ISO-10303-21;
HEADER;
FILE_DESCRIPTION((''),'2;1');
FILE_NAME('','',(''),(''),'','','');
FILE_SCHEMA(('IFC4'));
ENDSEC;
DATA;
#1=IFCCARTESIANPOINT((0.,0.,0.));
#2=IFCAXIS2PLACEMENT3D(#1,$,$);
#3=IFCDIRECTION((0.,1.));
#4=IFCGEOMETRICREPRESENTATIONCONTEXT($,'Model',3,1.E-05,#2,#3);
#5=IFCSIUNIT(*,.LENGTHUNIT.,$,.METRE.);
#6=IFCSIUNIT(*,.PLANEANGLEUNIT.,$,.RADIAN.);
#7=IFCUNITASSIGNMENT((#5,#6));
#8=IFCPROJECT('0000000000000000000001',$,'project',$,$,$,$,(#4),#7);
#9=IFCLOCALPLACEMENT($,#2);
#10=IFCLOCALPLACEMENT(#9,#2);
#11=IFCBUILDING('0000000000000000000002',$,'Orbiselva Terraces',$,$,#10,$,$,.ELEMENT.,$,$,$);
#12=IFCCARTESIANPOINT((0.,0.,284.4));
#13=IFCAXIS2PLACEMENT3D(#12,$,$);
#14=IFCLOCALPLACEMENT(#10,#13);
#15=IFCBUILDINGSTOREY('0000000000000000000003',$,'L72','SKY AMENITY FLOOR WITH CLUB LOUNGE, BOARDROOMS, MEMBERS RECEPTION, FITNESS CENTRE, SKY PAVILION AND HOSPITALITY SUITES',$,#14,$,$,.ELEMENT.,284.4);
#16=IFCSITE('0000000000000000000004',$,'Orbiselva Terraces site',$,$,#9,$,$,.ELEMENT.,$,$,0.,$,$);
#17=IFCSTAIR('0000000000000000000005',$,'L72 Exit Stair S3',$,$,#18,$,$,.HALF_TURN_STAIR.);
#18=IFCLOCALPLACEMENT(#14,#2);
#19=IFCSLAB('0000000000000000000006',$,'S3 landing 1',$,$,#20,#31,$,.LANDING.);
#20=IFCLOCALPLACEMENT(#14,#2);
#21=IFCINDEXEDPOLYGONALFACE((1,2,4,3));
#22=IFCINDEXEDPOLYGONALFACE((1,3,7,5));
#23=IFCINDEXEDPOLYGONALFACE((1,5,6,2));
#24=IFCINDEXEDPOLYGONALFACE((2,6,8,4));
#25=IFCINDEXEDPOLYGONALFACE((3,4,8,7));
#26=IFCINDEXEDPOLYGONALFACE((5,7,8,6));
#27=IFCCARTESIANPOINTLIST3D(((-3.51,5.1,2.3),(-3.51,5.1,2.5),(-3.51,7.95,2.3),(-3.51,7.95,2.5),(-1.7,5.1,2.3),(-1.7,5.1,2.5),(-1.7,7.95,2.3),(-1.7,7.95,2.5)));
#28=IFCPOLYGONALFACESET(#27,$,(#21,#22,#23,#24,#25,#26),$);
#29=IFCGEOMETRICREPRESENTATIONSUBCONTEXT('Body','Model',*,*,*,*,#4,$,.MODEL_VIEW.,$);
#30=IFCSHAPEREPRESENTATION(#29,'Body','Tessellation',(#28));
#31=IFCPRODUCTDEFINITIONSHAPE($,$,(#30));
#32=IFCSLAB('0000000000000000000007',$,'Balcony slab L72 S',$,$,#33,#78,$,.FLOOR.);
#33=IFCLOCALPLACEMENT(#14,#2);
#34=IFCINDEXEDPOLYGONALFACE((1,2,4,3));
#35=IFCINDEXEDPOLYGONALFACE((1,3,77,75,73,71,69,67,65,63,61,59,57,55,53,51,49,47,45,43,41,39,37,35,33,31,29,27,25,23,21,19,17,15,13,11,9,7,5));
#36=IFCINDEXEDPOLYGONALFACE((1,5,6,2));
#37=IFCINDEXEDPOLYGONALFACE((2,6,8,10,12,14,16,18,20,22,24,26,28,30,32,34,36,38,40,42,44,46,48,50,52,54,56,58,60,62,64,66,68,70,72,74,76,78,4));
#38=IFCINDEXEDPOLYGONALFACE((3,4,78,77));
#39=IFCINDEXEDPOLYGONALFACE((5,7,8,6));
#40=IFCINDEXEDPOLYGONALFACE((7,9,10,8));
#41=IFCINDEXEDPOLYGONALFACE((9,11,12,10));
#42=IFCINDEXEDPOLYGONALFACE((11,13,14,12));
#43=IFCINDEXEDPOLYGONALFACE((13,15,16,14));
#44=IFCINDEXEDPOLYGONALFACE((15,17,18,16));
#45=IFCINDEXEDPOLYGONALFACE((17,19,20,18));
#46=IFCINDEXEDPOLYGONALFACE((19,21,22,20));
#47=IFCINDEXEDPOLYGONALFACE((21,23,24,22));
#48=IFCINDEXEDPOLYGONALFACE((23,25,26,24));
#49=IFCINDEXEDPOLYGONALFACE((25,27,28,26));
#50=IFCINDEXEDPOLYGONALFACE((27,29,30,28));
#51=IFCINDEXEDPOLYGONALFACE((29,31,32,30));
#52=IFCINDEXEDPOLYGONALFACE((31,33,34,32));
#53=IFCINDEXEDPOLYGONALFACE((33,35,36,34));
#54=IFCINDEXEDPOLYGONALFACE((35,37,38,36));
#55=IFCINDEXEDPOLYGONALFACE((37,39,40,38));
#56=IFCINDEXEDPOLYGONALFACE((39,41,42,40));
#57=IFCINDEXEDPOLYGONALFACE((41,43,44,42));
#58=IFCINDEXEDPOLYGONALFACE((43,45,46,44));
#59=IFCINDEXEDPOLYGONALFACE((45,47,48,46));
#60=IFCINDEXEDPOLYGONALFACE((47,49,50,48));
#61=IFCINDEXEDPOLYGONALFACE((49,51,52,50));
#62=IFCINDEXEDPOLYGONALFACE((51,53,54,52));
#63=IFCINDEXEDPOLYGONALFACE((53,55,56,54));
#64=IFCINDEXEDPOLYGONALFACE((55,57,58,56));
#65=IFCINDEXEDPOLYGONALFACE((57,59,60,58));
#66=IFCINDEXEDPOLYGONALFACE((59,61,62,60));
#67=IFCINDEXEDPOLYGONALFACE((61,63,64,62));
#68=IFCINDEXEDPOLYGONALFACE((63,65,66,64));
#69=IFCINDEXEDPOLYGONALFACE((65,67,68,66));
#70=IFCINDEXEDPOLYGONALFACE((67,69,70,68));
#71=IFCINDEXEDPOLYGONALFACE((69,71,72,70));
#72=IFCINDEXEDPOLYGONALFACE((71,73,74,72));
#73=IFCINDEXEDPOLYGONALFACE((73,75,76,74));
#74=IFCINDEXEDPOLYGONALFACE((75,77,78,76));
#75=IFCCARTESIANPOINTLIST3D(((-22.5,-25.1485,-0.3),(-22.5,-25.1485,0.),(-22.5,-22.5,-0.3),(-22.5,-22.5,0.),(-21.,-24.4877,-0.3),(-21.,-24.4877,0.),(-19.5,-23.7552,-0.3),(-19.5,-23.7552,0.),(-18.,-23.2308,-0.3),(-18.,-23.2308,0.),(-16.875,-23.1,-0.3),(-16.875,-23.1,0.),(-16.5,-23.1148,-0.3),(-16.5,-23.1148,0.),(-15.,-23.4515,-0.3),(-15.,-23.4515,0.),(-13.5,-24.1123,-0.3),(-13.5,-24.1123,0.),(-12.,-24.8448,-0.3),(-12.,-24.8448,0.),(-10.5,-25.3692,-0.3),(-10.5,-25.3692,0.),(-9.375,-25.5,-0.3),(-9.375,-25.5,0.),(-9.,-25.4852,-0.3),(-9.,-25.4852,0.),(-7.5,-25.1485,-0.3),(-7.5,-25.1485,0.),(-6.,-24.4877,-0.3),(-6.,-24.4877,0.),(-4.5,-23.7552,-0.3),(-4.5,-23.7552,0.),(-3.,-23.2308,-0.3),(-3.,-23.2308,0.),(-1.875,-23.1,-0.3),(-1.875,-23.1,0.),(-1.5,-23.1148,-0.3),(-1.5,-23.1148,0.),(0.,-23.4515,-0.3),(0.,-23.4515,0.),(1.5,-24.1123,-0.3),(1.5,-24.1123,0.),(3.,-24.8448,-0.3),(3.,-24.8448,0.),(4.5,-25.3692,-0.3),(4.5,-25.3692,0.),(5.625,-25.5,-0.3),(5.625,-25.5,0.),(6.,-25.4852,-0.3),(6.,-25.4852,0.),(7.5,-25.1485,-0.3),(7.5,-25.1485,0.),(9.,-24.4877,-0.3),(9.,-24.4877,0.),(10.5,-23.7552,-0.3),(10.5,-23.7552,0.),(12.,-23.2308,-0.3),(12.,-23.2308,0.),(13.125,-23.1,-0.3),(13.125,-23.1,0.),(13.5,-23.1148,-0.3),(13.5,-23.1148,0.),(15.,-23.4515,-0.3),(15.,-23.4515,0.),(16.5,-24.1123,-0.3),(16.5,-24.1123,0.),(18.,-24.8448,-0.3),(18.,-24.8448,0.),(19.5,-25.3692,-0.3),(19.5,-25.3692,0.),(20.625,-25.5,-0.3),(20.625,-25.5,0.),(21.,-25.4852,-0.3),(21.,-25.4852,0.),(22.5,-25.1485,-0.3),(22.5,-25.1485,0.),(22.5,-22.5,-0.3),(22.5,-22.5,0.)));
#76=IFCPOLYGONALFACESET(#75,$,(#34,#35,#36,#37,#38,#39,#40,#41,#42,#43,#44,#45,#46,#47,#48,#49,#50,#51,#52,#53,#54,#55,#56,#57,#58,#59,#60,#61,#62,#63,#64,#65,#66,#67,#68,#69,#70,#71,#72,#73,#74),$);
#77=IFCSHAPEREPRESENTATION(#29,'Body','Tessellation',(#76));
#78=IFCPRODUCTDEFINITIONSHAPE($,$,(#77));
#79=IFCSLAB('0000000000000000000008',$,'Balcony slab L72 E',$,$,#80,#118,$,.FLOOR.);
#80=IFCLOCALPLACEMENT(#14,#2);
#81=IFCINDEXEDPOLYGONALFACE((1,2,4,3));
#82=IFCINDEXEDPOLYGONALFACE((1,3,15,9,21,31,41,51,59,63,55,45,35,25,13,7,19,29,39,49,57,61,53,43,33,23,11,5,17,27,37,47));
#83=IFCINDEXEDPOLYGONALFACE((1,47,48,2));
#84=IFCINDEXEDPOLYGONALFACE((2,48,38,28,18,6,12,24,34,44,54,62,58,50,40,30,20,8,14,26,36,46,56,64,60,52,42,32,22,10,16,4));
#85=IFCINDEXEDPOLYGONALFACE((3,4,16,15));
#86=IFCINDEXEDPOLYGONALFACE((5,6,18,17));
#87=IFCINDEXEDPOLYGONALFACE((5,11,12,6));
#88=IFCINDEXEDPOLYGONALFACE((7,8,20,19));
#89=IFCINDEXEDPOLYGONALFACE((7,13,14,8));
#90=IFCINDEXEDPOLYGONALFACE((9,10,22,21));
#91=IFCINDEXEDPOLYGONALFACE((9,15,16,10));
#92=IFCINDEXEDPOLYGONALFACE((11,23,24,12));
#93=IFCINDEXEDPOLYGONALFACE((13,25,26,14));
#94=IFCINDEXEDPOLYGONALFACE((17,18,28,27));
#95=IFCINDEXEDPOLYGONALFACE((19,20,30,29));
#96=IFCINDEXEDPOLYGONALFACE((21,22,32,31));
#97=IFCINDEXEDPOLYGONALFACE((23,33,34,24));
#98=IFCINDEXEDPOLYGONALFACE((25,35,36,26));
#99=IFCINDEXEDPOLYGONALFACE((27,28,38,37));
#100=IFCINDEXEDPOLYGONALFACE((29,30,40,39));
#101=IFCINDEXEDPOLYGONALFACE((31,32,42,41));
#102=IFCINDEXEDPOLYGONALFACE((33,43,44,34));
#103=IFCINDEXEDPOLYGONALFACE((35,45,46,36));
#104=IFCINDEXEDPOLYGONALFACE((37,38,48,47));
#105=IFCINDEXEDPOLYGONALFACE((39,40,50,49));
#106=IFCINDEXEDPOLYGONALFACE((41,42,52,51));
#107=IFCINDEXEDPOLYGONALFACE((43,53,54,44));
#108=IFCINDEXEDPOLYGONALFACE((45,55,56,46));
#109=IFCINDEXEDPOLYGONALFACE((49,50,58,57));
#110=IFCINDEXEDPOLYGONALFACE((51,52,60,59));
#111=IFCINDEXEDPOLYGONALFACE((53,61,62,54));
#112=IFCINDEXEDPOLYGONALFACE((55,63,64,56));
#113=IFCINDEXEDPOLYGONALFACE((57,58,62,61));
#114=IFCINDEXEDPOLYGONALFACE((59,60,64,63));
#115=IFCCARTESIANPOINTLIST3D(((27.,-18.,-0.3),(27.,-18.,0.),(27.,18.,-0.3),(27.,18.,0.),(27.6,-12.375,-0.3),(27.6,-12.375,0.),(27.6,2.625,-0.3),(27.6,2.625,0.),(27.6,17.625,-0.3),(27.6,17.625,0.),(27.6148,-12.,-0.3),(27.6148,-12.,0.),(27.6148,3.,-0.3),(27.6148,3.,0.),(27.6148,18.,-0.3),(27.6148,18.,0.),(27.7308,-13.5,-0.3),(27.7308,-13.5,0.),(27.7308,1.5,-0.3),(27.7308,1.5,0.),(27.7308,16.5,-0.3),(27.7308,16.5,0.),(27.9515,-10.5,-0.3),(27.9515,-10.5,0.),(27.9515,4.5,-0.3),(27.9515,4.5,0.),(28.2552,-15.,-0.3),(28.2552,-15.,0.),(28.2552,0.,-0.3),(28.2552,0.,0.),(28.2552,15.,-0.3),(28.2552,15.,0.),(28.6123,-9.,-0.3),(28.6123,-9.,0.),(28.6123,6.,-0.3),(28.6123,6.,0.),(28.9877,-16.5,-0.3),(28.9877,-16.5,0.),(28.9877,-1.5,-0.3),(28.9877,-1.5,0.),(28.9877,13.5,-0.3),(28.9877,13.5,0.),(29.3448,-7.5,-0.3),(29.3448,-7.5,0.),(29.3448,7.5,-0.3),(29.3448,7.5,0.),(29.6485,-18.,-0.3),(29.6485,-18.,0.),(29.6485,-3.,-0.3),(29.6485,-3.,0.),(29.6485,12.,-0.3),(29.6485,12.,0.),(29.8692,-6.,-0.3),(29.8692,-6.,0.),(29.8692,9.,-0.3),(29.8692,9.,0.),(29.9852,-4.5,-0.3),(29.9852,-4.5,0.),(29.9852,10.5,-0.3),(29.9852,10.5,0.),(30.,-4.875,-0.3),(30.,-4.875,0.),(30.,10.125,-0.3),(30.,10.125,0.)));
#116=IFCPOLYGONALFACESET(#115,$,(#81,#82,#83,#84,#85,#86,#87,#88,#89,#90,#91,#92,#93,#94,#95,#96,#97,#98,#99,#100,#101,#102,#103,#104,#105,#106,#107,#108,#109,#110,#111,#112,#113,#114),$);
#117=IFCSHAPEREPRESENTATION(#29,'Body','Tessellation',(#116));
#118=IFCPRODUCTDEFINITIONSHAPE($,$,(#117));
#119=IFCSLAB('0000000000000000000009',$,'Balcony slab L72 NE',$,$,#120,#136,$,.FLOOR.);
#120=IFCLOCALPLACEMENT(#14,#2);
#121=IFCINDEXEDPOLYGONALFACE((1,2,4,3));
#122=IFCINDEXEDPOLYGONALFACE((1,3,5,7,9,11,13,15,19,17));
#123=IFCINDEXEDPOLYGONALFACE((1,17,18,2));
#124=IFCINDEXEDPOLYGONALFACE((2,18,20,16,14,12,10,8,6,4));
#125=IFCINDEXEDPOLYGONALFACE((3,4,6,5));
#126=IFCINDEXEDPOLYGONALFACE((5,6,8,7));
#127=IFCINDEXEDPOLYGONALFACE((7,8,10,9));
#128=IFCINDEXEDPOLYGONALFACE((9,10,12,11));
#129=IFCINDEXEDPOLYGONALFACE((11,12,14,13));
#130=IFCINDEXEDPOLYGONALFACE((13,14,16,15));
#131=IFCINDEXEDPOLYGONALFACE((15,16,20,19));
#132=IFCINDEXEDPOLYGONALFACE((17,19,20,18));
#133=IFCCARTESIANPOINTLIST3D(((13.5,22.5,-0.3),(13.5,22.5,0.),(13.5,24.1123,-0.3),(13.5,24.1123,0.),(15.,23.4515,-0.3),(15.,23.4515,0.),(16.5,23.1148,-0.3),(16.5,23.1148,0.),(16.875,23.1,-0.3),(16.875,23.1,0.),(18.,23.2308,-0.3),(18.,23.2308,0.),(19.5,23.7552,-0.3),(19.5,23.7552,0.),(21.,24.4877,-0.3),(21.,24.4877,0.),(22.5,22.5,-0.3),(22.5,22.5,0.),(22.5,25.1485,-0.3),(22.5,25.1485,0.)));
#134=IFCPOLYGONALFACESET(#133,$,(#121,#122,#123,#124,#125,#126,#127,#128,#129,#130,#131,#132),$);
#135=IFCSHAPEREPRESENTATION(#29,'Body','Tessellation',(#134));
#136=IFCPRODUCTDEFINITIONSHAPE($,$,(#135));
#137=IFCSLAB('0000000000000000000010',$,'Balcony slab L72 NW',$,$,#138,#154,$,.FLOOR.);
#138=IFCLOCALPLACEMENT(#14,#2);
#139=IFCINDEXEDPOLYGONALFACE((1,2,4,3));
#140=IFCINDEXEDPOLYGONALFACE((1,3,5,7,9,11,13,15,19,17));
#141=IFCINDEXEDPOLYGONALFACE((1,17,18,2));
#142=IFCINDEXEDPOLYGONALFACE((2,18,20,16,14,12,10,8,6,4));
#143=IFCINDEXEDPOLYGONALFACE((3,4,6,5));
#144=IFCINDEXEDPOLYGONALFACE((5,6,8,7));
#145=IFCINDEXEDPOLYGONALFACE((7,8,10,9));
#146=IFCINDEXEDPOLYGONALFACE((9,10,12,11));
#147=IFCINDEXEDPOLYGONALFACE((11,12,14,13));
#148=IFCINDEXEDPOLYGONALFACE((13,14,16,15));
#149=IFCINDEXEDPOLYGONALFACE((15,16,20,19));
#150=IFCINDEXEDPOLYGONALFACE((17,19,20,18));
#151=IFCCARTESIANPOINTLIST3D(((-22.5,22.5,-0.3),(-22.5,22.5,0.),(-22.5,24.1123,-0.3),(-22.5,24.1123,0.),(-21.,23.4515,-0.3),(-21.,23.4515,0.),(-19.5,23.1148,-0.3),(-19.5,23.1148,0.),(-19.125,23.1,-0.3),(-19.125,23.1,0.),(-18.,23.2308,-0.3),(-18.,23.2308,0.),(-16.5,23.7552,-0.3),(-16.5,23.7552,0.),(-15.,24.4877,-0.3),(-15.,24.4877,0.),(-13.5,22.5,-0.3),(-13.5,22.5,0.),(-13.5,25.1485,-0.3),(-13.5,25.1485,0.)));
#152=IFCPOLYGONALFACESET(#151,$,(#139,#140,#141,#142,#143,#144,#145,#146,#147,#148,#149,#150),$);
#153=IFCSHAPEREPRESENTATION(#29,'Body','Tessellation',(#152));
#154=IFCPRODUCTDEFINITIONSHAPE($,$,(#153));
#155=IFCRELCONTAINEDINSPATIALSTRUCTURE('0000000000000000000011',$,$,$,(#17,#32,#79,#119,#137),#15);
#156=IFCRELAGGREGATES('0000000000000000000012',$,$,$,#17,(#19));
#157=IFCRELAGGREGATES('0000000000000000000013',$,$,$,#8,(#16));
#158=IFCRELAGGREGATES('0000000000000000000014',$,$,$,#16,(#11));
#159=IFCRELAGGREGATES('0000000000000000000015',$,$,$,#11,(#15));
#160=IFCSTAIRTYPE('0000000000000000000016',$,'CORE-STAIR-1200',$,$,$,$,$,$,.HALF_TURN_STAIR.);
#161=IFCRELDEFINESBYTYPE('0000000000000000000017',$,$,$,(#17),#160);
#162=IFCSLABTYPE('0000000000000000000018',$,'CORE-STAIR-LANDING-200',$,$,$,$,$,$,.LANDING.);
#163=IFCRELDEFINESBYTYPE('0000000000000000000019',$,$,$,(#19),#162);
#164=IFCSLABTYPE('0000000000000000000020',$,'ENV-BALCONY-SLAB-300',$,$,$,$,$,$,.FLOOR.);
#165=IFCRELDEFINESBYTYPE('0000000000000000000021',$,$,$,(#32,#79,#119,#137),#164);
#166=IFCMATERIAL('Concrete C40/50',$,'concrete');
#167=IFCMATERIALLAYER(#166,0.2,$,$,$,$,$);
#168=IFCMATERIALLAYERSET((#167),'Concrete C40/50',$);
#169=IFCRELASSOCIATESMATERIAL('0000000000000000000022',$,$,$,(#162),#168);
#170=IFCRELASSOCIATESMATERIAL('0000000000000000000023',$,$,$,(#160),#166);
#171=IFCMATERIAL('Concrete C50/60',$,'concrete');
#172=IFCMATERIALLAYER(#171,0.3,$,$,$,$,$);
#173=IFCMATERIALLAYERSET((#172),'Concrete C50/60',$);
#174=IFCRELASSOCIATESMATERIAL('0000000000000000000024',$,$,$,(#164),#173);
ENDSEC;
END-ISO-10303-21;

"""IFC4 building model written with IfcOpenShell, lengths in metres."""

from ifc_helpers import new_model, si_unit, direction, frame, origin, place, context, subcontext, project, spatial, polyline, outline, extrude, material, layer, layer_set, type_object, element, aggregate, save


model = new_model("IFC4")

# Units and contexts
model_context = context("Model", 3, precision=1e-05, world=origin(), true_north=direction((0.0, 1.0)))
body_context = subcontext(model_context, "Body", "Model", "MODEL_VIEW")
ifc_project = project(units=[si_unit("LENGTHUNIT", "METRE"), si_unit("PLANEANGLEUNIT", "RADIAN")], contexts=[model_context])

# Site, building, storey
site_placement = place(None, origin())
site = spatial("IfcSite", under=ifc_project, at=site_placement, Name="Orbiselva Terraces site", CompositionType="ELEMENT", RefElevation=0.0)
building_placement = place(site_placement, origin())
building = spatial("IfcBuilding", under=site, at=building_placement, Name="Orbiselva Terraces", CompositionType="ELEMENT")
storey_placement = place(building_placement, frame((0.0, 0.0, 284.4)))
storey = spatial("IfcBuildingStorey", under=building, at=storey_placement, Name="L72", Description="SKY AMENITY FLOOR WITH CLUB LOUNGE, BOARDROOMS, MEMBERS RECEPTION, FITNESS CENTRE, SKY PAVILION AND HOSPITALITY SUITES", CompositionType="ELEMENT", Elevation=284.4)

# Shared definitions
ifc_material_1 = material(Name="Concrete C40/50", Category="concrete")

# Shared definitions
ifc_layer_1 = layer(ifc_material_1, 0.2)
ifc_layer_set_1 = layer_set([ifc_layer_1], Name="Concrete C40/50")
slab_type_1 = type_object("IfcSlabType", Name="CORE-STAIR-LANDING-200", PredefinedType="LANDING", material=ifc_layer_set_1)

# Stair, slab
stair_type_1 = type_object("IfcStairType", Name="CORE-STAIR-1200", PredefinedType="HALF_TURN_STAIR", material=ifc_material_1)
stair_1_placement = place(storey_placement, origin())
stair_1 = element("IfcStair", 1, at=stair_1_placement, inside=storey, type_object=stair_type_1, Name="L72 Exit Stair S3", PredefinedType="HALF_TURN_STAIR")
slab_1_placement = place(storey_placement, frame((0.0, 0.0, 2.3)))
slab_1 = element("IfcSlab", 2, at=slab_1_placement, type_object=slab_type_1, Name="S3 landing 1", PredefinedType="LANDING", context=body_context, shape_type="SweptSolid", body=[
    extrude(outline(polyline([(-3.51, 5.1), (-1.7, 5.1), (-1.7, 7.95), (-3.51, 7.95), (-3.51, 5.1)])), origin(), (0.0, 0.0, 1.0), 0.2),
])
aggregate(stair_1, [slab_1])

# Slabs
ifc_material_2 = material(Name="Concrete C50/60", Category="concrete")
ifc_layer_2 = layer(ifc_material_2, 0.3)
ifc_layer_set_2 = layer_set([ifc_layer_2], Name="Concrete C50/60")
slab_type_2 = type_object("IfcSlabType", Name="ENV-BALCONY-SLAB-300", PredefinedType="FLOOR", material=ifc_layer_set_2)
slab_2_placement = place(storey_placement, frame((0.0, 0.0, -0.3)))
element("IfcSlab", 3, at=slab_2_placement, inside=storey, type_object=slab_type_2, Name="Balcony slab L72 S", PredefinedType="FLOOR", context=body_context, shape_type="SweptSolid", body=[
    extrude(outline(polyline([(-22.5, -25.1485), (-21.0, -24.4877), (-19.5, -23.7552), (-18.0, -23.2308), (-16.875, -23.1), (-16.5, -23.1148), (-15.0, -23.4515), (-13.5, -24.1123), (-12.0, -24.8448), (-10.5, -25.3692), (-9.375, -25.5), (-9.0, -25.4852), (-7.5, -25.1485), (-6.0, -24.4877), (-4.5, -23.7552), (-3.0, -23.2308), (-1.875, -23.1), (-1.5, -23.1148), (0.0, -23.4515), (1.5, -24.1123), (3.0, -24.8448), (4.5, -25.3692), (5.625, -25.5), (6.0, -25.4852), (7.5, -25.1485), (9.0, -24.4877), (10.5, -23.7552), (12.0, -23.2308), (13.125, -23.1), (13.5, -23.1148), (15.0, -23.4515), (16.5, -24.1123), (18.0, -24.8448), (19.5, -25.3692), (20.625, -25.5), (21.0, -25.4852), (22.5, -25.1485), (22.5, -22.5), (-22.5, -22.5), (-22.5, -25.1485)])), origin(), (0.0, 0.0, 1.0), 0.3),
])
slab_3_placement = place(storey_placement, frame((0.0, 0.0, -0.3)))
element("IfcSlab", 4, at=slab_3_placement, inside=storey, type_object=slab_type_2, Name="Balcony slab L72 E", PredefinedType="FLOOR", context=body_context, shape_type="SweptSolid", body=[
    extrude(outline(polyline([(29.6485, -18.0), (28.9877, -16.5), (28.2552, -15.0), (27.7308, -13.5), (27.6, -12.375), (27.6148, -12.0), (27.9515, -10.5), (28.6123, -9.0), (29.3448, -7.5), (29.8692, -6.0), (30.0, -4.875), (29.9852, -4.5), (29.6485, -3.0), (28.9877, -1.5), (28.2552, 0.0), (27.7308, 1.5), (27.6, 2.625), (27.6148, 3.0), (27.9515, 4.5), (28.6123, 6.0), (29.3448, 7.5), (29.8692, 9.0), (30.0, 10.125), (29.9852, 10.5), (29.6485, 12.0), (28.9877, 13.5), (28.2552, 15.0), (27.7308, 16.5), (27.6, 17.625), (27.6148, 18.0), (27.0, 18.0), (27.0, -18.0), (29.6485, -18.0)])), origin(), (0.0, 0.0, 1.0), 0.3),
])
slab_4_placement = place(storey_placement, frame((0.0, 0.0, -0.3)))
element("IfcSlab", 5, at=slab_4_placement, inside=storey, type_object=slab_type_2, Name="Balcony slab L72 NE", PredefinedType="FLOOR", context=body_context, shape_type="SweptSolid", body=[
    extrude(outline(polyline([(22.5, 25.1485), (21.0, 24.4877), (19.5, 23.7552), (18.0, 23.2308), (16.875, 23.1), (16.5, 23.1148), (15.0, 23.4515), (13.5, 24.1123), (13.5, 22.5), (22.5, 22.5), (22.5, 25.1485)])), origin(), (0.0, 0.0, 1.0), 0.3),
])
slab_5_placement = place(storey_placement, frame((0.0, 0.0, -0.3)))
element("IfcSlab", 6, at=slab_5_placement, inside=storey, type_object=slab_type_2, Name="Balcony slab L72 NW", PredefinedType="FLOOR", context=body_context, shape_type="SweptSolid", body=[
    extrude(outline(polyline([(-13.5, 25.1485), (-15.0, 24.4877), (-16.5, 23.7552), (-18.0, 23.2308), (-19.125, 23.1), (-19.5, 23.1148), (-21.0, 23.4515), (-22.5, 24.1123), (-22.5, 22.5), (-13.5, 22.5), (-13.5, 25.1485)])), origin(), (0.0, 0.0, 1.0), 0.3),
])

save(model, "model.ifc")
